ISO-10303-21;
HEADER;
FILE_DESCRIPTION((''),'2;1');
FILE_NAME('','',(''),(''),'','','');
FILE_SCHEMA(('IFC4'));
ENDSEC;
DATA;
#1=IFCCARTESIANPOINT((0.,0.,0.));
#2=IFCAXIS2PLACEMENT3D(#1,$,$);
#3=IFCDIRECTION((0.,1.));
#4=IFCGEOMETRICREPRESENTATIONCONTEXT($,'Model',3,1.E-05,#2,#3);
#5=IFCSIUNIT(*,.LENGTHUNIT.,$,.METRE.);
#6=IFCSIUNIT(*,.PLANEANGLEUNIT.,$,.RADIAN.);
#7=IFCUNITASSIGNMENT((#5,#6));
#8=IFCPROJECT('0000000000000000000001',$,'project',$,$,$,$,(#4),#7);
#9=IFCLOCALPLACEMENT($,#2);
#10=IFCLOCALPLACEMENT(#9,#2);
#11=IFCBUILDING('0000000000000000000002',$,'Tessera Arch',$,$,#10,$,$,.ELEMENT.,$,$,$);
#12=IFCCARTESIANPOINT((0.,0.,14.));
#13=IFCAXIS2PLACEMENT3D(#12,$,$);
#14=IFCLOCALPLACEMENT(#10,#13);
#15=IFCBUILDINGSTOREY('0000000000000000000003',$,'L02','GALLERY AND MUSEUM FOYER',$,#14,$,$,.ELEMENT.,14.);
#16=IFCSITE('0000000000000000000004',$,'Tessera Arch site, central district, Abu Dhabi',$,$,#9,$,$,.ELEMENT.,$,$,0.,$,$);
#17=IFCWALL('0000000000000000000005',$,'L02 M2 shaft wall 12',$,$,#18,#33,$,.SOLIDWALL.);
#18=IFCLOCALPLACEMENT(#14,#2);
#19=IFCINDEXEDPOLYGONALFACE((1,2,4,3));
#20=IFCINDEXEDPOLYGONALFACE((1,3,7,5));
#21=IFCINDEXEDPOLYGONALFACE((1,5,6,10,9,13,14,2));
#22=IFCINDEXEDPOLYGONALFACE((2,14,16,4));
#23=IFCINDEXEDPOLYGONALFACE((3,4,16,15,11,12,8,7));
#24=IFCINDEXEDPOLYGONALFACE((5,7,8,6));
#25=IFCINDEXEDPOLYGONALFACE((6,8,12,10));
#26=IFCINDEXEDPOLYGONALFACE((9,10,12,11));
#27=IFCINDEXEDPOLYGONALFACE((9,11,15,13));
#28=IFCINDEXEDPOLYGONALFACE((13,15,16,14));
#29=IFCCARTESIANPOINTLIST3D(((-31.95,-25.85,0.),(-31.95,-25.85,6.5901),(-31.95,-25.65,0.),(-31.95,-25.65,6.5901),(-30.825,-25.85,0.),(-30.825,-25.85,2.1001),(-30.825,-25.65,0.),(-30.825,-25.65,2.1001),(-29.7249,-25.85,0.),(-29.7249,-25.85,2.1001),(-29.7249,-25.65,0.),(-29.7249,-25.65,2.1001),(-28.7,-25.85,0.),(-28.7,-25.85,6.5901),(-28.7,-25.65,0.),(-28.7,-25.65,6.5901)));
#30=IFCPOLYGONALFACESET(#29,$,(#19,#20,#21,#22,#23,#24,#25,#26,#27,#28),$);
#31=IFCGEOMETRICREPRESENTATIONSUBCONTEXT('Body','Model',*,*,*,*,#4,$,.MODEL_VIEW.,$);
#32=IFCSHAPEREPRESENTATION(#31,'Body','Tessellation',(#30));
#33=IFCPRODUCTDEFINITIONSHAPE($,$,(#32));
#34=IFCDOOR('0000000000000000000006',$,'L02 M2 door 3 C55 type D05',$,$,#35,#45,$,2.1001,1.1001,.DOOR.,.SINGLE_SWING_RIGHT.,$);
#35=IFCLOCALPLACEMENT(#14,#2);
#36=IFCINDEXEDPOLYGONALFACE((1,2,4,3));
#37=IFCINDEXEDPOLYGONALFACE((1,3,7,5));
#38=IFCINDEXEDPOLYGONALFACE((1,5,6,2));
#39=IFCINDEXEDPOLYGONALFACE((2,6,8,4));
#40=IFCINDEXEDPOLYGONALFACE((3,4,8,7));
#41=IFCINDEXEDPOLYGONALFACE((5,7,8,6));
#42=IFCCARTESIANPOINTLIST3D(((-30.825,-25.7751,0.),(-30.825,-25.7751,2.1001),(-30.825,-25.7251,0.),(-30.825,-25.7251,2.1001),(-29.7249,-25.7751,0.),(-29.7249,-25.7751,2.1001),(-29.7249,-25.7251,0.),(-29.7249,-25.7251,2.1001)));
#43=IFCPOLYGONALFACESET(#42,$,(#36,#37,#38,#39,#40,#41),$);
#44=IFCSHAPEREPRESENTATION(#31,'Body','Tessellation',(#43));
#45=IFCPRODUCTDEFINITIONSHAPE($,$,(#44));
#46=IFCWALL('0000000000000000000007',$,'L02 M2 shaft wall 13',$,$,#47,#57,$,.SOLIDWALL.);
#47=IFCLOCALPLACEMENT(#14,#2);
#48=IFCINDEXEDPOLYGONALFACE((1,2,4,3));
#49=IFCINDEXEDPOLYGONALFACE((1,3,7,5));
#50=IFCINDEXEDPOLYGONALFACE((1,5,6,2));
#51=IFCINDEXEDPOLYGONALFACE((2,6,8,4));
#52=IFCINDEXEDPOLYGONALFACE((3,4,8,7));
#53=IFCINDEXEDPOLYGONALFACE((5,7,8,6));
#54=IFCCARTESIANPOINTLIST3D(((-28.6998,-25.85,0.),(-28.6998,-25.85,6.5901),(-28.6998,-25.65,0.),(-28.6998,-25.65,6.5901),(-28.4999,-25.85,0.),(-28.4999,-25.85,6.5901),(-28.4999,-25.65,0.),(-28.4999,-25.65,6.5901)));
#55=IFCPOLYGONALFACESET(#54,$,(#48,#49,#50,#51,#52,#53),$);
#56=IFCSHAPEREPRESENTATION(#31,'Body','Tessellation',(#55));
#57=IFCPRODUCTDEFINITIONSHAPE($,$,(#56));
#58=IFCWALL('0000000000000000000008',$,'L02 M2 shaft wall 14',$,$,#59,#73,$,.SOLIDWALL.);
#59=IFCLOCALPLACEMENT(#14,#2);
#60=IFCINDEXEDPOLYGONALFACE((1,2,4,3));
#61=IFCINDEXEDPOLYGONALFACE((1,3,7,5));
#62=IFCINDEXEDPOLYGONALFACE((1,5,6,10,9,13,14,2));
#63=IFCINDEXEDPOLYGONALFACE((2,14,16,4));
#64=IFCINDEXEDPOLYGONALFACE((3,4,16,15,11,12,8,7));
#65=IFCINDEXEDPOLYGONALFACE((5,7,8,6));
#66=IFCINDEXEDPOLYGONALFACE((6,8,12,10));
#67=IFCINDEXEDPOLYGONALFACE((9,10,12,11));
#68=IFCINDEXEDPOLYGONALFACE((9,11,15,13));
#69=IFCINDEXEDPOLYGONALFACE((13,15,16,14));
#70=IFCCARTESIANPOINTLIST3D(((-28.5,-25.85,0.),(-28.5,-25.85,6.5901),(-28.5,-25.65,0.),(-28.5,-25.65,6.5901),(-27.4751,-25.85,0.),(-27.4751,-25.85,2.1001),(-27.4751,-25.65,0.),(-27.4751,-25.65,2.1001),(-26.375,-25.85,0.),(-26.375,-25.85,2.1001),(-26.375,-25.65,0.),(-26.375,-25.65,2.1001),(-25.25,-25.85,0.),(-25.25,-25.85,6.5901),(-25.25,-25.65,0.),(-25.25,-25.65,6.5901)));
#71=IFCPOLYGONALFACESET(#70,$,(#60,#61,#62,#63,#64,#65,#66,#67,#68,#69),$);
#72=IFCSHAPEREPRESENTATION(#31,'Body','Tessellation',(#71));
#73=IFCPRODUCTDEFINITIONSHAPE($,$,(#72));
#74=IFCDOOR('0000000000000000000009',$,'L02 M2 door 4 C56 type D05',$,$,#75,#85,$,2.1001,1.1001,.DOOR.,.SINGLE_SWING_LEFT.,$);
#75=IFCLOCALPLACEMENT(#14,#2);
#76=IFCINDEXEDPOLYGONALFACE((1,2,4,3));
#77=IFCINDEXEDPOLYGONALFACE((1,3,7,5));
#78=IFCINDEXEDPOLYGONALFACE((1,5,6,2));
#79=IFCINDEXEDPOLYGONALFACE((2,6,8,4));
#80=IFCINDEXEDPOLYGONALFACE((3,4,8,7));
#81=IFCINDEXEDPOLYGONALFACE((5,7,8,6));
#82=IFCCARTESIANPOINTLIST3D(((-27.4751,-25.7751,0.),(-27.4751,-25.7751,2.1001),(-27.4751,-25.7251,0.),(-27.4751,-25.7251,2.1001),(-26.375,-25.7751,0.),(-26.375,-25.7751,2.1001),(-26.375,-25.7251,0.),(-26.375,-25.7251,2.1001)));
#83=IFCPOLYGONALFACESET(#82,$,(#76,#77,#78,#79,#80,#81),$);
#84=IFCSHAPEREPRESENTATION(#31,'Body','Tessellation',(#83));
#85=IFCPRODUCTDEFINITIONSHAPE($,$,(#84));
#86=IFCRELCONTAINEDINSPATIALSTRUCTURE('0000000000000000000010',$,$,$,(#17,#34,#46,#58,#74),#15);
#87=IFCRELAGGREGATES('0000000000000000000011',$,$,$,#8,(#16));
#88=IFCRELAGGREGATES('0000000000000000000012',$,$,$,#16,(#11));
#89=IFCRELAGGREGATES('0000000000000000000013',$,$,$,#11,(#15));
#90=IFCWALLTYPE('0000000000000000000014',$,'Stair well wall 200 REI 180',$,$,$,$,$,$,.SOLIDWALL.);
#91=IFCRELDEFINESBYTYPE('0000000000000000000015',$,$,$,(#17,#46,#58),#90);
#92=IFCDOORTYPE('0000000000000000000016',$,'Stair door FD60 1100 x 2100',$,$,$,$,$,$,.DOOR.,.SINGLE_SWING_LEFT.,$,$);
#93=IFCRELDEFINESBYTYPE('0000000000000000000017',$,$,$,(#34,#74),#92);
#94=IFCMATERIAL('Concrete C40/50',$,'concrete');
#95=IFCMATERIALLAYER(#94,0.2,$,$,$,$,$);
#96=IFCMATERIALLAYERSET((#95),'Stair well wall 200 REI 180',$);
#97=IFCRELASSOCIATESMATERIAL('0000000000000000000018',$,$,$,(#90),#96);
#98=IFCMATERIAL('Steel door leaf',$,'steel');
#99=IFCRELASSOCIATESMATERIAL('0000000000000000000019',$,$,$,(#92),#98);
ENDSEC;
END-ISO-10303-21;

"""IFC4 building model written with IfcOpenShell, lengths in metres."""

from ifc_helpers import new_model, si_unit, direction, frame, frame_2d, origin, place, context, subcontext, project, spatial, rectangle, extrude, material, layer, layer_set, type_object, element, fill, save


model = new_model("IFC4")

# Units and contexts
model_context = context("Model", 3, precision=1e-05, world=origin(), true_north=direction((0.0, 1.0)))
body_context = subcontext(model_context, "Body", "Model", "MODEL_VIEW")
ifc_project = project(units=[si_unit("LENGTHUNIT", "METRE"), si_unit("PLANEANGLEUNIT", "RADIAN")], contexts=[model_context])

# Site, building, storey
site_placement = place(None, origin())
site = spatial("IfcSite", under=ifc_project, at=site_placement, Name="Tessera Arch site, central district, Abu Dhabi", CompositionType="ELEMENT", RefElevation=0.0)
building_placement = place(site_placement, origin())
building = spatial("IfcBuilding", under=site, at=building_placement, Name="Tessera Arch", CompositionType="ELEMENT")
storey_placement = place(building_placement, frame((0.0, 0.0, 14.0)))
storey = spatial("IfcBuildingStorey", under=building, at=storey_placement, Name="L02", Description="GALLERY AND MUSEUM FOYER", CompositionType="ELEMENT", Elevation=14.0)

# Wall, opening, door
ifc_material_1 = material(Name="Concrete C40/50", Category="concrete")
ifc_layer_1 = layer(ifc_material_1, 0.2)
ifc_layer_set_1 = layer_set([ifc_layer_1], Name="Stair well wall 200 REI 180")
wall_type_1 = type_object("IfcWallType", Name="Stair well wall 200 REI 180", PredefinedType="SOLIDWALL", material=ifc_layer_set_1)
wall_1_placement = place(storey_placement, frame((-31.95, -25.75, 0.0), z_axis=(0.0, 0.0, 1.0), x_axis=(1.0, 0.0, 0.0)))
wall_1 = element("IfcWall", 1, at=wall_1_placement, inside=storey, type_object=wall_type_1, Name="L02 M2 shaft wall 12", PredefinedType="SOLIDWALL", context=body_context, shape_type="SweptSolid", body=[
    extrude(rectangle(XDim=3.25, YDim=0.2, at=frame_2d((1.625, 0.0))), origin(), (0.0, 0.0, 1.0), 6.5901),
])
opening_1_placement = place(wall_1_placement, frame((1.125, 0.0, 0.0)))
opening_1 = element("IfcOpeningElement", 2, at=opening_1_placement, cuts=wall_1, PredefinedType="OPENING", context=body_context, shape_type="SweptSolid", body=[
    extrude(rectangle(XDim=1.1001, YDim=2.1001, at=frame_2d((0.55, 1.05))), frame((0.0, 0.1099, 0.0), z_axis=(0.0, -1.0, 0.0), x_axis=(1.0, 0.0, 0.0)), (0.0, 0.0, 1.0), 0.22),
])
ifc_material_2 = material(Name="Steel door leaf", Category="steel")
door_type_1 = type_object("IfcDoorType", Name="Stair door FD60 1100 x 2100", OperationType="SINGLE_SWING_LEFT", PredefinedType="DOOR", material=ifc_material_2)
door_1_placement = place(opening_1_placement, origin())
door_1 = element("IfcDoor", 3, at=door_1_placement, inside=storey, type_object=door_type_1, Name="L02 M2 door 3 C55 type D05", OperationType="SINGLE_SWING_RIGHT", OverallHeight=2.1001, OverallWidth=1.1001, PredefinedType="DOOR", context=body_context, shape_type="SweptSolid", body=[
    extrude(rectangle(XDim=1.1001, YDim=2.1001, at=frame_2d((0.55, 1.05))), frame((0.0, 0.0249, 0.0), z_axis=(0.0, -1.0, 0.0), x_axis=(1.0, 0.0, 0.0)), (0.0, 0.0, 1.0), 0.05),
])
fill(opening_1, door_1)

# Wall
wall_2_placement = place(storey_placement, frame((-28.7, -25.75, 0.0), z_axis=(0.0, 0.0, 1.0), x_axis=(1.0, 0.0, 0.0)))
element("IfcWall", 4, at=wall_2_placement, inside=storey, type_object=wall_type_1, Name="L02 M2 shaft wall 13", PredefinedType="SOLIDWALL", context=body_context, shape_type="SweptSolid", body=[
    extrude(rectangle(XDim=0.2, YDim=0.2, at=frame_2d((0.1001, 0.0))), origin(), (0.0, 0.0, 1.0), 6.5901),
])

# Wall, opening, door
wall_3_placement = place(storey_placement, frame((-28.5, -25.75, 0.0), z_axis=(0.0, 0.0, 1.0), x_axis=(1.0, 0.0, 0.0)))
wall_3 = element("IfcWall", 5, at=wall_3_placement, inside=storey, type_object=wall_type_1, Name="L02 M2 shaft wall 14", PredefinedType="SOLIDWALL", context=body_context, shape_type="SweptSolid", body=[
    extrude(rectangle(XDim=3.25, YDim=0.2, at=frame_2d((1.625, 0.0))), origin(), (0.0, 0.0, 1.0), 6.5901),
])
opening_2_placement = place(wall_3_placement, frame((1.0249, 0.0, 0.0)))
opening_2 = element("IfcOpeningElement", 6, at=opening_2_placement, cuts=wall_3, PredefinedType="OPENING", context=body_context, shape_type="SweptSolid", body=[
    extrude(rectangle(XDim=1.1001, YDim=2.1001, at=frame_2d((0.55, 1.05))), frame((0.0, 0.1099, 0.0), z_axis=(0.0, -1.0, 0.0), x_axis=(1.0, 0.0, 0.0)), (0.0, 0.0, 1.0), 0.22),
])
door_2_placement = place(opening_2_placement, origin())
door_2 = element("IfcDoor", 7, at=door_2_placement, inside=storey, type_object=door_type_1, Name="L02 M2 door 4 C56 type D05", OperationType="SINGLE_SWING_LEFT", OverallHeight=2.1001, OverallWidth=1.1001, PredefinedType="DOOR", context=body_context, shape_type="SweptSolid", body=[
    extrude(rectangle(XDim=1.1001, YDim=2.1001, at=frame_2d((0.55, 1.05))), frame((0.0, 0.0249, 0.0), z_axis=(0.0, -1.0, 0.0), x_axis=(1.0, 0.0, 0.0)), (0.0, 0.0, 1.0), 0.05),
])
fill(opening_2, door_2)

save(model, "model.ifc")
